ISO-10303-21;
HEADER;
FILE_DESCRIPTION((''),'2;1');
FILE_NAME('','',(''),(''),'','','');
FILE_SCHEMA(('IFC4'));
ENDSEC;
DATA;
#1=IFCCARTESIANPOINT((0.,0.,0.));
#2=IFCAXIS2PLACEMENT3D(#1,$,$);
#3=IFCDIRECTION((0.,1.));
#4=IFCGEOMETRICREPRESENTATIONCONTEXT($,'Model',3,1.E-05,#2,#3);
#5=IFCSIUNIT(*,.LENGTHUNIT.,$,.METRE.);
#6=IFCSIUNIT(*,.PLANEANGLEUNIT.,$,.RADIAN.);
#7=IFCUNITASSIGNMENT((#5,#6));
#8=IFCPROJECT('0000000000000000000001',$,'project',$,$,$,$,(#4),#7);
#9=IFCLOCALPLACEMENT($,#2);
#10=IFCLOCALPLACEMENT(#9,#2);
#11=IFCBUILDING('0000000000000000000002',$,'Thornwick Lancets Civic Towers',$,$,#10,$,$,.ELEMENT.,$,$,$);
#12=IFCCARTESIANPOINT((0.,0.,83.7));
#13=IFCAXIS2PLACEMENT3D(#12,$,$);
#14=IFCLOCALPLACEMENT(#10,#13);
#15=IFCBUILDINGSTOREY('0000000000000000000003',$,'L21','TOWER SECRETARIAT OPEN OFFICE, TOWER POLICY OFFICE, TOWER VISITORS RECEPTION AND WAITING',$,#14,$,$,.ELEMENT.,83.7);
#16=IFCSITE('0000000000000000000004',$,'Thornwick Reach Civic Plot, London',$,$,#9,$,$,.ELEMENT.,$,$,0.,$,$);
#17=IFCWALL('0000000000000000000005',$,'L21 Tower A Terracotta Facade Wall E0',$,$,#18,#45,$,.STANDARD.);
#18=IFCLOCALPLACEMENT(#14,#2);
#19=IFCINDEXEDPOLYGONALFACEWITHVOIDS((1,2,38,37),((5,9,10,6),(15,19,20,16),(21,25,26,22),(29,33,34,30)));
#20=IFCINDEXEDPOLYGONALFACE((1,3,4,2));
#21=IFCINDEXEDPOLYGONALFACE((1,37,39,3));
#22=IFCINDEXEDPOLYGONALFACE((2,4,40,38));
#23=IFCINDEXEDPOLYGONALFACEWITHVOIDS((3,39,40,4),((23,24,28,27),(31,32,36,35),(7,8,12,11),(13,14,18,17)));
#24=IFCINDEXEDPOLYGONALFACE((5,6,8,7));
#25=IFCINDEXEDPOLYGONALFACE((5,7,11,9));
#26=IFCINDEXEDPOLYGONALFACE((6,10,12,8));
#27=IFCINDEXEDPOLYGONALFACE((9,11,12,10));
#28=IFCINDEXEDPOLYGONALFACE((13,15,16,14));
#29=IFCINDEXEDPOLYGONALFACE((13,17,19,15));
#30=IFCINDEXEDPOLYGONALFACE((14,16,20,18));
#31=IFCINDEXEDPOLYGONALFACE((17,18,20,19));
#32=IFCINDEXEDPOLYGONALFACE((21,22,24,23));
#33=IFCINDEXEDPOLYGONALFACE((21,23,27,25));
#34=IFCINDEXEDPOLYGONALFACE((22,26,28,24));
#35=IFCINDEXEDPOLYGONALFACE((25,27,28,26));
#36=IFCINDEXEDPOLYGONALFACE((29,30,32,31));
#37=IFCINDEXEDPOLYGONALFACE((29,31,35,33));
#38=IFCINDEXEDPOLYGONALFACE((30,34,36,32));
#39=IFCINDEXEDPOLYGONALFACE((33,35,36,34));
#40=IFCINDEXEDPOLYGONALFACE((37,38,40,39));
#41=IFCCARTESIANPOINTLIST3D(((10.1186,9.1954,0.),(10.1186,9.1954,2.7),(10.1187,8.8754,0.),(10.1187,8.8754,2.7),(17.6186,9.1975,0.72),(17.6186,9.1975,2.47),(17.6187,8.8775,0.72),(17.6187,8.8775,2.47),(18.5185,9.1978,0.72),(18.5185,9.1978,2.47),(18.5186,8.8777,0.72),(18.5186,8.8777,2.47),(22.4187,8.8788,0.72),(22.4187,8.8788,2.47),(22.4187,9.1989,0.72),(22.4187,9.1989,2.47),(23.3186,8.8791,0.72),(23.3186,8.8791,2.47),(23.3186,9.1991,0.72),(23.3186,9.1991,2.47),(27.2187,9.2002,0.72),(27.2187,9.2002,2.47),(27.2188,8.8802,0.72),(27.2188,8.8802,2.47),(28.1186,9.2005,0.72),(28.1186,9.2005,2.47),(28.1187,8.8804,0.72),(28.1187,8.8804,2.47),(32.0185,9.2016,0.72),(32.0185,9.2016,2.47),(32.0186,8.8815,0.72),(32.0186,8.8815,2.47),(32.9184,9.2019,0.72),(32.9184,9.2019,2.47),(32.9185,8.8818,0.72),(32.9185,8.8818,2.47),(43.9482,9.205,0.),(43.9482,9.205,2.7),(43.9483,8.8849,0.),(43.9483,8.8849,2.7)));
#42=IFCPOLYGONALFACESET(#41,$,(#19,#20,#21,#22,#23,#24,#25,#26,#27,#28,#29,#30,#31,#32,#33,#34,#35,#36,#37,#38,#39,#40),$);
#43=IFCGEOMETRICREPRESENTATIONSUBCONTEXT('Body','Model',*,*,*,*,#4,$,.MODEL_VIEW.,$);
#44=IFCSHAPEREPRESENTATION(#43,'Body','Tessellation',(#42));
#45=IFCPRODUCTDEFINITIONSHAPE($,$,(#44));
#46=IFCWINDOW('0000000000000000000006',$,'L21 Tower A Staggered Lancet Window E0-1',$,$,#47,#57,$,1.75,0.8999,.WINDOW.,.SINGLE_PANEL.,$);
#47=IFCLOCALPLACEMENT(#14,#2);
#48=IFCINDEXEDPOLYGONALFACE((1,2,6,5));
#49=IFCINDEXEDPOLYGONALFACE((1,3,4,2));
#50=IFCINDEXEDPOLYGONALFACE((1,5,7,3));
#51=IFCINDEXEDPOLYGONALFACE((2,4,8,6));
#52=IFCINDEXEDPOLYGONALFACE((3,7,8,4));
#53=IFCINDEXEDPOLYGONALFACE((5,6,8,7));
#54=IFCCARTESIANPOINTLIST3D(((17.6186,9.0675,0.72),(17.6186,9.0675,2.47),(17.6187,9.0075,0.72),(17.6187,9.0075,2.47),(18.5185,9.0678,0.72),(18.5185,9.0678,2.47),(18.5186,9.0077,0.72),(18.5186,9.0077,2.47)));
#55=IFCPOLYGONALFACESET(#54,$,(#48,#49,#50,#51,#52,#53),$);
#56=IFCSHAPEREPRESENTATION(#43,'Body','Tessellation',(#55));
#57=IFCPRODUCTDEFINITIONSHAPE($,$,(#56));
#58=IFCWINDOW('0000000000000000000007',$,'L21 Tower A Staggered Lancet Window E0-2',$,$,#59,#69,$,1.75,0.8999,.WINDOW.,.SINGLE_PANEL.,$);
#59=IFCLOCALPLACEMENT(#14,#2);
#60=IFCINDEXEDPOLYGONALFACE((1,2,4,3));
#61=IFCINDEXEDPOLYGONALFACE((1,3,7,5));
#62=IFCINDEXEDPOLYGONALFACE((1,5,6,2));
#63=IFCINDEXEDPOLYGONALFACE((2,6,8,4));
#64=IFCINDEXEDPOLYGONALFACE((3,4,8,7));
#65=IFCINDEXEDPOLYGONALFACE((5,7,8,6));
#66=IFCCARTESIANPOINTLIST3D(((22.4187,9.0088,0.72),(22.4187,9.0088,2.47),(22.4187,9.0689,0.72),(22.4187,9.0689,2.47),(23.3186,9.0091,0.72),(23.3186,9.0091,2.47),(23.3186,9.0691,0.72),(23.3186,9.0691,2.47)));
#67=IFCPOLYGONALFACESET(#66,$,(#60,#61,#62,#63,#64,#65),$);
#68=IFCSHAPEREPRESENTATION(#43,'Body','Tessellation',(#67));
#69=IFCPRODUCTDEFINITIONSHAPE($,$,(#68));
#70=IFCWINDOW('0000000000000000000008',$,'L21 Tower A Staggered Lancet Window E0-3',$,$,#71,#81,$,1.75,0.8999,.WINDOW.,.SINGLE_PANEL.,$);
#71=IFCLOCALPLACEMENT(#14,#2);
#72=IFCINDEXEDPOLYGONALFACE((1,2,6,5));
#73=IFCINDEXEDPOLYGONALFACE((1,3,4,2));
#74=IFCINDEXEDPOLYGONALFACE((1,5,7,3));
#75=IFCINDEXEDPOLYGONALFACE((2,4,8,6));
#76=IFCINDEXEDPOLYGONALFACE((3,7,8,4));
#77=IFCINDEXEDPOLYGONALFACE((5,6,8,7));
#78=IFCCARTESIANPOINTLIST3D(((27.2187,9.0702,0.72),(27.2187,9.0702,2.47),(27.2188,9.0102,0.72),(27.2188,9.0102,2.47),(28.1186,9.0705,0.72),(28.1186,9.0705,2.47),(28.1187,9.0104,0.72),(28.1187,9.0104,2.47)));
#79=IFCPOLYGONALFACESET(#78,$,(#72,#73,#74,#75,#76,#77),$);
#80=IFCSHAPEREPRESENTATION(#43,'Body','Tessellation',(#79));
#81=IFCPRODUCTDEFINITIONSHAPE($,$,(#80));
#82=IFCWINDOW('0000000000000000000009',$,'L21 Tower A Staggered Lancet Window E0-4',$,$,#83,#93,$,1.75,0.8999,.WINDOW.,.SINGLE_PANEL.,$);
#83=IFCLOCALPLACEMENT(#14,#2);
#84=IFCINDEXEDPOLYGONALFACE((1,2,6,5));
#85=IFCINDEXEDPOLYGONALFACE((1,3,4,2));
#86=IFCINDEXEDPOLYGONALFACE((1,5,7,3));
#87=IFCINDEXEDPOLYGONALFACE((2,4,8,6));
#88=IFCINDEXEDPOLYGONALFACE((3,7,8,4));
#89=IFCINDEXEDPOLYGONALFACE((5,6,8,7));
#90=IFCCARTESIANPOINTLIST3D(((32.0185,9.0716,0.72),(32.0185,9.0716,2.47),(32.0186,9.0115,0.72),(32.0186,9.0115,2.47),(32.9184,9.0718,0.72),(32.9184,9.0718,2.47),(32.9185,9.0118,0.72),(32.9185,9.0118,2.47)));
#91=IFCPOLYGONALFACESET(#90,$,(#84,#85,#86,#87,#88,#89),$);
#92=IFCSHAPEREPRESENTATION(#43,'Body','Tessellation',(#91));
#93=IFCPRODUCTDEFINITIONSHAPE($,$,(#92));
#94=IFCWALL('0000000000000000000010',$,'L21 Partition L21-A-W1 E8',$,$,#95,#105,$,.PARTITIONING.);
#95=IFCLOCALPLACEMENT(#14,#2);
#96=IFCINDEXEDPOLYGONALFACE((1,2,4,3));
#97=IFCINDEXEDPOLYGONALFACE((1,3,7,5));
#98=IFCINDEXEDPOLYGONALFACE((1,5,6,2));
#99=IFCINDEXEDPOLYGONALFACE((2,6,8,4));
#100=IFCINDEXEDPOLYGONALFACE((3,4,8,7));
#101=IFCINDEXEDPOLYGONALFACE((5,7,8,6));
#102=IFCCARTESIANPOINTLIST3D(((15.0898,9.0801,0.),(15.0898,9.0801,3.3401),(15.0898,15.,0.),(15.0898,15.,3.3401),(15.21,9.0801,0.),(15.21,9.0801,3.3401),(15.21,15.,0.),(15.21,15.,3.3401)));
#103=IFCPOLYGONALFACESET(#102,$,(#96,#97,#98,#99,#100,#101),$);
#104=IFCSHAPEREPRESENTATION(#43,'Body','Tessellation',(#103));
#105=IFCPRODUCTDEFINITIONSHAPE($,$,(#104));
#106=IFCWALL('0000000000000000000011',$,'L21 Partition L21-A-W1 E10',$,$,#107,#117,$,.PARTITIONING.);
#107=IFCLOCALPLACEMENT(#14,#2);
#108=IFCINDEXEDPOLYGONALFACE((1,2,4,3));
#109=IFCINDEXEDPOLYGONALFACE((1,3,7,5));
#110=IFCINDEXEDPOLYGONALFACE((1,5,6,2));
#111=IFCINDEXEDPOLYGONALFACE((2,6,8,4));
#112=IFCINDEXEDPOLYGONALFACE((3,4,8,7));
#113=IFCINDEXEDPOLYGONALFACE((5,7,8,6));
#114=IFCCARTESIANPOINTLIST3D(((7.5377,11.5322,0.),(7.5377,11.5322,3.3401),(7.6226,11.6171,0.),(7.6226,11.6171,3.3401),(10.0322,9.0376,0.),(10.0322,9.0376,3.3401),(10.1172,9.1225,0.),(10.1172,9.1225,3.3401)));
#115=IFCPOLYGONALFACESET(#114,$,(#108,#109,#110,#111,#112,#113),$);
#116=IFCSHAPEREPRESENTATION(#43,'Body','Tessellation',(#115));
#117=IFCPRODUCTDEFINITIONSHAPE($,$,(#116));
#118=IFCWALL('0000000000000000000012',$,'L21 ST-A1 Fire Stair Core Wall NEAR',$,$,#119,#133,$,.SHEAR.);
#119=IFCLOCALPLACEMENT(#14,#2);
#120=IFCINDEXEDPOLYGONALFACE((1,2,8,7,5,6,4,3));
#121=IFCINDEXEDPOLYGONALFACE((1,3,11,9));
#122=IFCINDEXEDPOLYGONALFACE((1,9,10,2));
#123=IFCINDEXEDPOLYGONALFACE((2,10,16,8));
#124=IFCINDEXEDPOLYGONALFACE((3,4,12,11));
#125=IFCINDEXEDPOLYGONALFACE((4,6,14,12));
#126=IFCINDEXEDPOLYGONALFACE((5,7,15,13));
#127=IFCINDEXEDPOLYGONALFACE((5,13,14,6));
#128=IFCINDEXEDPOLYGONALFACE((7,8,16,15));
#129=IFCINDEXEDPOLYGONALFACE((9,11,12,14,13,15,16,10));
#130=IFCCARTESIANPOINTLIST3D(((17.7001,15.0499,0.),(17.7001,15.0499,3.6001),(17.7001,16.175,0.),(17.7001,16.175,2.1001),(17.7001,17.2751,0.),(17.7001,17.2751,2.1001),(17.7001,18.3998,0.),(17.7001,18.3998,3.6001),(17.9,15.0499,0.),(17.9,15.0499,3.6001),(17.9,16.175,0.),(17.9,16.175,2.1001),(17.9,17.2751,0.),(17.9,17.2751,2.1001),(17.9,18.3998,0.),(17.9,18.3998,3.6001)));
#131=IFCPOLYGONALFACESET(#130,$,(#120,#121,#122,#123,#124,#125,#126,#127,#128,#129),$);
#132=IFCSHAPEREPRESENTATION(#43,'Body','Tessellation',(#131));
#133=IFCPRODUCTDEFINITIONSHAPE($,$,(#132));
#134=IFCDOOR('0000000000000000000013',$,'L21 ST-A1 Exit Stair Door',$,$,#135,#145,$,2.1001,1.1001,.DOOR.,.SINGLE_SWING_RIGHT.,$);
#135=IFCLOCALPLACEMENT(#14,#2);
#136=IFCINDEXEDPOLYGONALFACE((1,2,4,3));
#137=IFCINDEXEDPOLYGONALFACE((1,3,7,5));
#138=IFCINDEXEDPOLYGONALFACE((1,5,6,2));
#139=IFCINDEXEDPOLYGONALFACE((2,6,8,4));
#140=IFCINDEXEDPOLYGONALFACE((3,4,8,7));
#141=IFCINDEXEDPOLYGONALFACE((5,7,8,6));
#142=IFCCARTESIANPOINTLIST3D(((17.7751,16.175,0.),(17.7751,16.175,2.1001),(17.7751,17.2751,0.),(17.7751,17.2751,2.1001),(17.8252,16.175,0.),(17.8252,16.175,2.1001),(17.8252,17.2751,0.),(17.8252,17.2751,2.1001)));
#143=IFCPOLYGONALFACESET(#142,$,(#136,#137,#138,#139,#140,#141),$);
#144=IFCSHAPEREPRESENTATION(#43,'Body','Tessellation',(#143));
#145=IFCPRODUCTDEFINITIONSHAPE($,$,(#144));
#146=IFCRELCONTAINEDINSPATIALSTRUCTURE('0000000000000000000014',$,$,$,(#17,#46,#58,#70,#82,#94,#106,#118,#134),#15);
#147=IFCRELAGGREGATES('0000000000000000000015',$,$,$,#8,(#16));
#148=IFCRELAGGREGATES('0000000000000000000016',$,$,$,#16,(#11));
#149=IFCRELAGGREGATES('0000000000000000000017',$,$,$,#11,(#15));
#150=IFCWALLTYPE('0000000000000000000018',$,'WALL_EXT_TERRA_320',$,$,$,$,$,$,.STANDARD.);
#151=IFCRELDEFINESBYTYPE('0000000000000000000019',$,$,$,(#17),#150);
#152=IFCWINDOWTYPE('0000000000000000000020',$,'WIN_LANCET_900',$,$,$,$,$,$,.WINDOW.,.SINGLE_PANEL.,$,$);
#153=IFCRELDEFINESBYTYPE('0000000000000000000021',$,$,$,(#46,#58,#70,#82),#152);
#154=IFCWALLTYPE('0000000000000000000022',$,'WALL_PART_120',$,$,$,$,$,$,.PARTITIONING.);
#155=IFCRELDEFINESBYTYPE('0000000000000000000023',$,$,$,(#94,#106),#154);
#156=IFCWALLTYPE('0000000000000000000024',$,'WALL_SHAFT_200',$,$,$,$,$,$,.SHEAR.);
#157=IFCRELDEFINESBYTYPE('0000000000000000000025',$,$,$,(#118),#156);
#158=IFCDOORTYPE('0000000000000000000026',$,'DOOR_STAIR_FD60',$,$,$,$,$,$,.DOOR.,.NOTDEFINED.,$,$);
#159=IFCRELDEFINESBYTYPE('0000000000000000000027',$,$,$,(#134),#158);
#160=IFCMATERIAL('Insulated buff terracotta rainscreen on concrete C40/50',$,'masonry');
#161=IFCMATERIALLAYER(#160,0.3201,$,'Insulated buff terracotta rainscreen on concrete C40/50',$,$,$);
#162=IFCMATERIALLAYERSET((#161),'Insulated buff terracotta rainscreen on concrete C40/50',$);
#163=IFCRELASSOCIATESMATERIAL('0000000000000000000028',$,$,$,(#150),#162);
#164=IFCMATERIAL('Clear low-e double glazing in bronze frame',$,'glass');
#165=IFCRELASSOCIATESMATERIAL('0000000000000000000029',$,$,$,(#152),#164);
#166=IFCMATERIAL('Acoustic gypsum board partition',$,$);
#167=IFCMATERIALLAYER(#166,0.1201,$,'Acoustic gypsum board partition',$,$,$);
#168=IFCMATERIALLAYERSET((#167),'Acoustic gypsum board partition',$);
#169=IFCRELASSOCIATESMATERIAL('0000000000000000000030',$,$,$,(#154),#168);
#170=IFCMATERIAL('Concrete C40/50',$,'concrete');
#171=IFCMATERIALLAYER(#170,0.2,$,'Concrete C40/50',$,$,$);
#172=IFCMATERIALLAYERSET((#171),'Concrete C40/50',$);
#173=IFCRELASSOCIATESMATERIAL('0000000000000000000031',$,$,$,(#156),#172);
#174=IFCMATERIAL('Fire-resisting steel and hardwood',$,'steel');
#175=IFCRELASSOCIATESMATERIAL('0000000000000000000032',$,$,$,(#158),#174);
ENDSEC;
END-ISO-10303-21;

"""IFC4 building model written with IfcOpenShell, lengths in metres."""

from ifc_helpers import new_model, si_unit, direction, frame, frame_2d, origin, place, context, subcontext, project, spatial, rectangle, extrude, material, layer, layer_set, type_object, element, fill, save


model = new_model("IFC4")

# Units and contexts
model_context = context("Model", 3, precision=1e-05, world=origin(), true_north=direction((0.0, 1.0)))
body_context = subcontext(model_context, "Body", "Model", "MODEL_VIEW")
ifc_project = project(units=[si_unit("LENGTHUNIT", "METRE"), si_unit("PLANEANGLEUNIT", "RADIAN")], contexts=[model_context])

# Site, building, storey
site_placement = place(None, origin())
site = spatial("IfcSite", under=ifc_project, at=site_placement, Name="Thornwick Reach Civic Plot, London", CompositionType="ELEMENT", RefElevation=0.0)
building_placement = place(site_placement, origin())
building = spatial("IfcBuilding", under=site, at=building_placement, Name="Thornwick Lancets Civic Towers", CompositionType="ELEMENT")
storey_placement = place(building_placement, frame((0.0, 0.0, 83.7)))
storey = spatial("IfcBuildingStorey", under=building, at=storey_placement, Name="L21", Description="TOWER SECRETARIAT OPEN OFFICE, TOWER POLICY OFFICE, TOWER VISITORS RECEPTION AND WAITING", CompositionType="ELEMENT", Elevation=83.7)

# Shared definitions
ifc_material_1 = material(Name="Concrete C40/50", Category="concrete")

# Wall, openings, windows
ifc_material_2 = material(Name="Insulated buff terracotta rainscreen on concrete C40/50", Category="masonry")
ifc_layer_1 = layer(ifc_material_2, 0.3201, Name="Insulated buff terracotta rainscreen on concrete C40/50")
ifc_layer_set_1 = layer_set([ifc_layer_1], Name="Insulated buff terracotta rainscreen on concrete C40/50")
wall_type_1 = type_object("IfcWallType", Name="WALL_EXT_TERRA_320", PredefinedType="STANDARD", material=ifc_layer_set_1)
wall_1_placement = place(storey_placement, frame((10.1187, 9.0354, 0.0), z_axis=(0.0, 0.0, 1.0), x_axis=(1.0, 0.000281, 0.0)))
wall_1 = element("IfcWall", 1, at=wall_1_placement, inside=storey, type_object=wall_type_1, Name="L21 Tower A Terracotta Facade Wall E0", PredefinedType="STANDARD", context=body_context, shape_type="SweptSolid", body=[
    extrude(rectangle(XDim=33.8296, YDim=0.3201, at=frame_2d((16.9148, 0.0))), origin(), (0.0, 0.0, 1.0), 2.7),
])
opening_1_placement = place(wall_1_placement, frame((7.5, 0.0, 0.72)))
opening_1 = element("IfcOpeningElement", 2, at=opening_1_placement, cuts=wall_1, PredefinedType="OPENING", context=body_context, shape_type="SweptSolid", body=[
    extrude(rectangle(XDim=0.8999, YDim=1.75, at=frame_2d((0.45, 0.875))), frame((0.0, 0.1699, 0.0), z_axis=(0.0, -1.0, 0.0), x_axis=(1.0, 0.0, 0.0)), (0.0, 0.0, 1.0), 0.3401),
])
opening_2_placement = place(wall_1_placement, frame((12.3, 0.0, 0.72)))
opening_2 = element("IfcOpeningElement", 3, at=opening_2_placement, cuts=wall_1, PredefinedType="OPENING", context=body_context, shape_type="SweptSolid", body=[
    extrude(rectangle(XDim=0.8999, YDim=1.75, at=frame_2d((0.45, 0.875))), frame((0.0, 0.1699, 0.0), z_axis=(0.0, -1.0, 0.0), x_axis=(1.0, 0.0, 0.0)), (0.0, 0.0, 1.0), 0.3401),
])
opening_3_placement = place(wall_1_placement, frame((17.1001, 0.0, 0.72)))
opening_3 = element("IfcOpeningElement", 4, at=opening_3_placement, cuts=wall_1, PredefinedType="OPENING", context=body_context, shape_type="SweptSolid", body=[
    extrude(rectangle(XDim=0.8999, YDim=1.75, at=frame_2d((0.45, 0.875))), frame((0.0, 0.1699, 0.0), z_axis=(0.0, -1.0, 0.0), x_axis=(1.0, 0.0, 0.0)), (0.0, 0.0, 1.0), 0.3401),
])
opening_4_placement = place(wall_1_placement, frame((21.8999, 0.0, 0.72)))
opening_4 = element("IfcOpeningElement", 5, at=opening_4_placement, cuts=wall_1, PredefinedType="OPENING", context=body_context, shape_type="SweptSolid", body=[
    extrude(rectangle(XDim=0.8999, YDim=1.75, at=frame_2d((0.45, 0.875))), frame((0.0, 0.1699, 0.0), z_axis=(0.0, -1.0, 0.0), x_axis=(1.0, 0.0, 0.0)), (0.0, 0.0, 1.0), 0.3401),
])
ifc_material_3 = material(Name="Clear low-e double glazing in bronze frame", Category="glass")
window_type = type_object("IfcWindowType", Name="WIN_LANCET_900", PartitioningType="SINGLE_PANEL", PredefinedType="WINDOW", material=ifc_material_3)
window_1_placement = place(opening_1_placement, origin())
window_1 = element("IfcWindow", 6, at=window_1_placement, inside=storey, type_object=window_type, Name="L21 Tower A Staggered Lancet Window E0-1", OverallHeight=1.75, OverallWidth=0.8999, PartitioningType="SINGLE_PANEL", PredefinedType="WINDOW", context=body_context, shape_type="SweptSolid", body=[
    extrude(rectangle(XDim=0.8999, YDim=1.75, at=frame_2d((0.45, 0.875))), frame((0.0, 0.03, 0.0), z_axis=(0.0, -1.0, 0.0), x_axis=(1.0, 0.0, 0.0)), (0.0, 0.0, 1.0), 0.0601),
])
fill(opening_1, window_1)
window_2_placement = place(opening_2_placement, origin())
window_2 = element("IfcWindow", 7, at=window_2_placement, inside=storey, type_object=window_type, Name="L21 Tower A Staggered Lancet Window E0-2", OverallHeight=1.75, OverallWidth=0.8999, PartitioningType="SINGLE_PANEL", PredefinedType="WINDOW", context=body_context, shape_type="SweptSolid", body=[
    extrude(rectangle(XDim=0.8999, YDim=1.75, at=frame_2d((0.45, 0.875))), frame((0.0, 0.03, 0.0), z_axis=(0.0, -1.0, 0.0), x_axis=(1.0, 0.0, 0.0)), (0.0, 0.0, 1.0), 0.0601),
])
fill(opening_2, window_2)
window_3_placement = place(opening_3_placement, origin())
window_3 = element("IfcWindow", 8, at=window_3_placement, inside=storey, type_object=window_type, Name="L21 Tower A Staggered Lancet Window E0-3", OverallHeight=1.75, OverallWidth=0.8999, PartitioningType="SINGLE_PANEL", PredefinedType="WINDOW", context=body_context, shape_type="SweptSolid", body=[
    extrude(rectangle(XDim=0.8999, YDim=1.75, at=frame_2d((0.45, 0.875))), frame((0.0, 0.03, 0.0), z_axis=(0.0, -1.0, 0.0), x_axis=(1.0, 0.0, 0.0)), (0.0, 0.0, 1.0), 0.0601),
])
fill(opening_3, window_3)
window_4_placement = place(opening_4_placement, origin())
window_4 = element("IfcWindow", 9, at=window_4_placement, inside=storey, type_object=window_type, Name="L21 Tower A Staggered Lancet Window E0-4", OverallHeight=1.75, OverallWidth=0.8999, PartitioningType="SINGLE_PANEL", PredefinedType="WINDOW", context=body_context, shape_type="SweptSolid", body=[
    extrude(rectangle(XDim=0.8999, YDim=1.75, at=frame_2d((0.45, 0.875))), frame((0.0, 0.03, 0.0), z_axis=(0.0, -1.0, 0.0), x_axis=(1.0, 0.0, 0.0)), (0.0, 0.0, 1.0), 0.0601),
])
fill(opening_4, window_4)

# Walls
ifc_material_4 = material(Name="Acoustic gypsum board partition")
ifc_layer_2 = layer(ifc_material_4, 0.1201, Name="Acoustic gypsum board partition")
ifc_layer_set_2 = layer_set([ifc_layer_2], Name="Acoustic gypsum board partition")
wall_type_2 = type_object("IfcWallType", Name="WALL_PART_120", PredefinedType="PARTITIONING", material=ifc_layer_set_2)
wall_2_placement = place(storey_placement, frame((15.1499, 15.0, 0.0), z_axis=(0.0, 0.0, 1.0), x_axis=(0.0, -1.0, 0.0)))
element("IfcWall", 10, at=wall_2_placement, inside=storey, type_object=wall_type_2, Name="L21 Partition L21-A-W1 E8", PredefinedType="PARTITIONING", context=body_context, shape_type="SweptSolid", body=[
    extrude(rectangle(XDim=5.9199, YDim=0.1201, at=frame_2d((2.96, 0.0))), origin(), (0.0, 0.0, 1.0), 3.3401),
])
wall_3_placement = place(storey_placement, frame((10.0747, 9.0801, 0.0), z_axis=(0.0, 0.0, 1.0), x_axis=(-0.707107, 0.707107, 0.0)))
element("IfcWall", 11, at=wall_3_placement, inside=storey, type_object=wall_type_2, Name="L21 Partition L21-A-W1 E10", PredefinedType="PARTITIONING", context=body_context, shape_type="SweptSolid", body=[
    extrude(rectangle(XDim=3.5278, YDim=0.1201, at=frame_2d((1.7639, 0.0))), origin(), (0.0, 0.0, 1.0), 3.3401),
])

# Wall, opening, door
ifc_layer_3 = layer(ifc_material_1, 0.2, Name="Concrete C40/50")
ifc_layer_set_3 = layer_set([ifc_layer_3], Name="Concrete C40/50")
wall_type_3 = type_object("IfcWallType", Name="WALL_SHAFT_200", PredefinedType="SHEAR", material=ifc_layer_set_3)
wall_4_placement = place(storey_placement, frame((17.8, 15.05, 0.0), z_axis=(0.0, 0.0, 1.0), x_axis=(0.0, 1.0, 0.0)))
wall_4 = element("IfcWall", 12, at=wall_4_placement, inside=storey, type_object=wall_type_3, Name="L21 ST-A1 Fire Stair Core Wall NEAR", PredefinedType="SHEAR", context=body_context, shape_type="SweptSolid", body=[
    extrude(rectangle(XDim=3.3499, YDim=0.2, at=frame_2d((1.6748, 0.0))), origin(), (0.0, 0.0, 1.0), 3.6001),
])
opening_5_placement = place(wall_4_placement, frame((1.125, 0.0, 0.0)))
opening_5 = element("IfcOpeningElement", 13, at=opening_5_placement, cuts=wall_4, PredefinedType="OPENING", context=body_context, shape_type="SweptSolid", body=[
    extrude(rectangle(XDim=1.1001, YDim=2.1001, at=frame_2d((0.55, 1.05))), frame((0.0, 0.1099, 0.0), z_axis=(0.0, -1.0, 0.0), x_axis=(1.0, 0.0, 0.0)), (0.0, 0.0, 1.0), 0.22),
])
ifc_material_5 = material(Name="Fire-resisting steel and hardwood", Category="steel")
door_type = type_object("IfcDoorType", Name="DOOR_STAIR_FD60", OperationType="NOTDEFINED", PredefinedType="DOOR", material=ifc_material_5)
door_placement = place(opening_5_placement, origin())
door = element("IfcDoor", 14, at=door_placement, inside=storey, type_object=door_type, Name="L21 ST-A1 Exit Stair Door", OperationType="SINGLE_SWING_RIGHT", OverallHeight=2.1001, OverallWidth=1.1001, PredefinedType="DOOR", context=body_context, shape_type="SweptSolid", body=[
    extrude(rectangle(XDim=1.1001, YDim=2.1001, at=frame_2d((0.55, 1.05))), frame((0.0, 0.0249, 0.0), z_axis=(0.0, -1.0, 0.0), x_axis=(1.0, 0.0, 0.0)), (0.0, 0.0, 1.0), 0.05),
])
fill(opening_5, door)

save(model, "model.ifc")
